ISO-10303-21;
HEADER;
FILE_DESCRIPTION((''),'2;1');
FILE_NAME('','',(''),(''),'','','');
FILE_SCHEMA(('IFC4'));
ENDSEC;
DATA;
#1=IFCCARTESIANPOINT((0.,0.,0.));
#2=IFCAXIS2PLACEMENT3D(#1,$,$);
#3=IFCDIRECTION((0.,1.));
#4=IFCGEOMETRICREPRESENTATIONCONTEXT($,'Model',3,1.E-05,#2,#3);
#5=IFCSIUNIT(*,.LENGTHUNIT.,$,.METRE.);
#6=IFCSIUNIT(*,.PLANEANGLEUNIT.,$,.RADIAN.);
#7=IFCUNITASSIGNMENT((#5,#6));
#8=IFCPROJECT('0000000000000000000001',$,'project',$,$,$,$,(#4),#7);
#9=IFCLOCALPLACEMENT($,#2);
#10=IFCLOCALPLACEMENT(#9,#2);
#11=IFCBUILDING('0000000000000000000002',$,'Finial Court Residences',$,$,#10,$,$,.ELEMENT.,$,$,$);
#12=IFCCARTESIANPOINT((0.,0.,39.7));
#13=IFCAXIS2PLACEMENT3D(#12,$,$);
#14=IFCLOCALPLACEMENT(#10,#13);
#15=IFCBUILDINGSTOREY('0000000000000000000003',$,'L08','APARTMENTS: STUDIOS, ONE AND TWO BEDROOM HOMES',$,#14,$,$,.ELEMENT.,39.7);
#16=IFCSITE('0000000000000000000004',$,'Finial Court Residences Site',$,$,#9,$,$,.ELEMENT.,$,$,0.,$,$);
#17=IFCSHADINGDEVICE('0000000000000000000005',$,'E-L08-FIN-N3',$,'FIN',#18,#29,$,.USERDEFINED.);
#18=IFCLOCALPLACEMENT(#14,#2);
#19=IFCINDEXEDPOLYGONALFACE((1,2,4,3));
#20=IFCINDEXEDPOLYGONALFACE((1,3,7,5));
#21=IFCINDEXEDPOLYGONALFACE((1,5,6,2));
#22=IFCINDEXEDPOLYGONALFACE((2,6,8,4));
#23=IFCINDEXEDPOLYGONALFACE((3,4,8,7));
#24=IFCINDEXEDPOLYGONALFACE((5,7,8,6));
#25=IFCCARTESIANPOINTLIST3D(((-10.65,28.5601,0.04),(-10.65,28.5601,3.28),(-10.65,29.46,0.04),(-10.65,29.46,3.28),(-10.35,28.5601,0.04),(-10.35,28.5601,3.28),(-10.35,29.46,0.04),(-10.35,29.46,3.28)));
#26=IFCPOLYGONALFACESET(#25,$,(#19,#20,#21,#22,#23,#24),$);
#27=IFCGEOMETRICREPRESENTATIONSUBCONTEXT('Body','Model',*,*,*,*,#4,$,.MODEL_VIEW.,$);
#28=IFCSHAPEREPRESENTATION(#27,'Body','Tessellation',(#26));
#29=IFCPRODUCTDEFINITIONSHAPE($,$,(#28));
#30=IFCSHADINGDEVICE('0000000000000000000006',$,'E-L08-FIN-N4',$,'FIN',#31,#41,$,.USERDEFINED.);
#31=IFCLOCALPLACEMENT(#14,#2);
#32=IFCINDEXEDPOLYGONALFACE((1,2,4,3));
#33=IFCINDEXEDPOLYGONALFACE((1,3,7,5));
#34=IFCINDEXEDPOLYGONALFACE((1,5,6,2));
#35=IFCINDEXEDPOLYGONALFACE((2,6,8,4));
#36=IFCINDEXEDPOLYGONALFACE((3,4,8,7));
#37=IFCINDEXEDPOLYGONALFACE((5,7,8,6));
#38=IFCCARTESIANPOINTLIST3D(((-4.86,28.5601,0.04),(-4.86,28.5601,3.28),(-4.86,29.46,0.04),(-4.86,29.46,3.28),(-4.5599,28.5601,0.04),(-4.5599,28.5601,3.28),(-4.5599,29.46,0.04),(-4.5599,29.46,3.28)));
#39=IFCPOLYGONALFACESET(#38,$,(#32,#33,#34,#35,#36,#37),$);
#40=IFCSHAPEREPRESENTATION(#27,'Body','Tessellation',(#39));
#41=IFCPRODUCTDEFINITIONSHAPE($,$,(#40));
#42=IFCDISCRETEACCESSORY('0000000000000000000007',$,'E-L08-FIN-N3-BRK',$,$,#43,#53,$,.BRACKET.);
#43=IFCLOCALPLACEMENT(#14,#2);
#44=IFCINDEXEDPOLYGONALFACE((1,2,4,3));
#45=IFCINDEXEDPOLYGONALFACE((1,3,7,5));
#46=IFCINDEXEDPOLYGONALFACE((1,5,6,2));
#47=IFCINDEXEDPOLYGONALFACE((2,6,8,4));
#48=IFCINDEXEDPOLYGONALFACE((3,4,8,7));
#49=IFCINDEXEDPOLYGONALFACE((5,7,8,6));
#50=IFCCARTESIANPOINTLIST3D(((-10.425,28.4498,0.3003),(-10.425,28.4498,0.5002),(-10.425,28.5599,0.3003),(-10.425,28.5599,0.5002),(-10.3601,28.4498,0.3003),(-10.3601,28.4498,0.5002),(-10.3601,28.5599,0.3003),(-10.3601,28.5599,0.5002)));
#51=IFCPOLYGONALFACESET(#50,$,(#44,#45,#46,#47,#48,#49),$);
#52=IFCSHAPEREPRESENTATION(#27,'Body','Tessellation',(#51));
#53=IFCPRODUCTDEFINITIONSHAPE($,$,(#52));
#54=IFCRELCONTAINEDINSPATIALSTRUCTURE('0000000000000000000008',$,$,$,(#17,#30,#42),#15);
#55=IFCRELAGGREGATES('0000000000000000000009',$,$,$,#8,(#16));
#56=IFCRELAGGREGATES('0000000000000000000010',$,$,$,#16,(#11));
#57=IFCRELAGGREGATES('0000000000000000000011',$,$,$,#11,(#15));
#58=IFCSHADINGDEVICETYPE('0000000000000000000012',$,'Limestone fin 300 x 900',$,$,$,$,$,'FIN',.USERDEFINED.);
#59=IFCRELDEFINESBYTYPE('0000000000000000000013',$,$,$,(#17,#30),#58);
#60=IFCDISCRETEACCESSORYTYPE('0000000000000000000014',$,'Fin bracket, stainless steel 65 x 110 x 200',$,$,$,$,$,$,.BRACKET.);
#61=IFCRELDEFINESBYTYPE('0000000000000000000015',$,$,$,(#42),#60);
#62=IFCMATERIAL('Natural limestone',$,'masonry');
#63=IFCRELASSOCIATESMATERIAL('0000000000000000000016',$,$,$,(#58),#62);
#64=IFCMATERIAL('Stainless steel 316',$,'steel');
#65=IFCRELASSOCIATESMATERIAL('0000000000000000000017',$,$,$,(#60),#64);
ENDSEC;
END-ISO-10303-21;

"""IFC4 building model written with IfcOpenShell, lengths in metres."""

from ifc_helpers import new_model, si_unit, direction, frame, origin, origin_2d, place, context, subcontext, project, spatial, rectangle, extrude, material, type_object, element, save


model = new_model("IFC4")

# Units and contexts
model_context = context("Model", 3, precision=1e-05, world=origin(), true_north=direction((0.0, 1.0)))
body_context = subcontext(model_context, "Body", "Model", "MODEL_VIEW")
ifc_project = project(units=[si_unit("LENGTHUNIT", "METRE"), si_unit("PLANEANGLEUNIT", "RADIAN")], contexts=[model_context])

# Site, building, storey
site_placement = place(None, origin())
site = spatial("IfcSite", under=ifc_project, at=site_placement, Name="Finial Court Residences Site", CompositionType="ELEMENT", RefElevation=0.0)
building_placement = place(site_placement, origin())
building = spatial("IfcBuilding", under=site, at=building_placement, Name="Finial Court Residences", CompositionType="ELEMENT")
storey_placement = place(building_placement, frame((0.0, 0.0, 39.7)))
storey = spatial("IfcBuildingStorey", under=building, at=storey_placement, Name="L08", Description="APARTMENTS: STUDIOS, ONE AND TWO BEDROOM HOMES", CompositionType="ELEMENT", Elevation=39.7)

# Shared definitions
ifc_material_1 = material(Name="Natural limestone", Category="masonry")

# Shading devices
shading_device_type = type_object("IfcShadingDeviceType", Name="Limestone fin 300 x 900", ElementType="FIN", PredefinedType="USERDEFINED", material=ifc_material_1)
for number, where, z_axis, x_axis, name in (
    (1, (-10.5, 29.01, 0.04), (0.0, 0.0, 1.0), (1.0, 0.0, 0.0), "E-L08-FIN-N3"),
    (2, (-4.71, 29.01, 0.04), (0.0, 0.0, 1.0), (1.0, 0.0, 0.0), "E-L08-FIN-N4"),
):
    element("IfcShadingDevice", number, at=place(storey_placement, frame(where, z_axis=z_axis, x_axis=x_axis)), inside=storey, type_object=shading_device_type, Name=name, ObjectType="FIN", PredefinedType="USERDEFINED", context=body_context, shape_type="SweptSolid", body=[
        extrude(rectangle(XDim=0.3, YDim=0.8999, at=origin_2d()), origin(), (0.0, 0.0, 1.0), 3.24),
    ])

# Discrete accessory
ifc_material_2 = material(Name="Stainless steel 316", Category="steel")
discrete_accessory_type = type_object("IfcDiscreteAccessoryType", Name="Fin bracket, stainless steel 65 x 110 x 200", PredefinedType="BRACKET", material=ifc_material_2)
discrete_accessory_placement = place(storey_placement, frame((-10.3926, 28.5049, 0.3003), z_axis=(0.0, 0.0, 1.0), x_axis=(1.0, 0.0, 0.0)))
element("IfcDiscreteAccessory", 3, at=discrete_accessory_placement, inside=storey, type_object=discrete_accessory_type, Name="E-L08-FIN-N3-BRK", PredefinedType="BRACKET", context=body_context, shape_type="SweptSolid", body=[
    extrude(rectangle(XDim=0.0649, YDim=0.1101, at=origin_2d()), origin(), (0.0, 0.0, 1.0), 0.2),
])

save(model, "model.ifc")
